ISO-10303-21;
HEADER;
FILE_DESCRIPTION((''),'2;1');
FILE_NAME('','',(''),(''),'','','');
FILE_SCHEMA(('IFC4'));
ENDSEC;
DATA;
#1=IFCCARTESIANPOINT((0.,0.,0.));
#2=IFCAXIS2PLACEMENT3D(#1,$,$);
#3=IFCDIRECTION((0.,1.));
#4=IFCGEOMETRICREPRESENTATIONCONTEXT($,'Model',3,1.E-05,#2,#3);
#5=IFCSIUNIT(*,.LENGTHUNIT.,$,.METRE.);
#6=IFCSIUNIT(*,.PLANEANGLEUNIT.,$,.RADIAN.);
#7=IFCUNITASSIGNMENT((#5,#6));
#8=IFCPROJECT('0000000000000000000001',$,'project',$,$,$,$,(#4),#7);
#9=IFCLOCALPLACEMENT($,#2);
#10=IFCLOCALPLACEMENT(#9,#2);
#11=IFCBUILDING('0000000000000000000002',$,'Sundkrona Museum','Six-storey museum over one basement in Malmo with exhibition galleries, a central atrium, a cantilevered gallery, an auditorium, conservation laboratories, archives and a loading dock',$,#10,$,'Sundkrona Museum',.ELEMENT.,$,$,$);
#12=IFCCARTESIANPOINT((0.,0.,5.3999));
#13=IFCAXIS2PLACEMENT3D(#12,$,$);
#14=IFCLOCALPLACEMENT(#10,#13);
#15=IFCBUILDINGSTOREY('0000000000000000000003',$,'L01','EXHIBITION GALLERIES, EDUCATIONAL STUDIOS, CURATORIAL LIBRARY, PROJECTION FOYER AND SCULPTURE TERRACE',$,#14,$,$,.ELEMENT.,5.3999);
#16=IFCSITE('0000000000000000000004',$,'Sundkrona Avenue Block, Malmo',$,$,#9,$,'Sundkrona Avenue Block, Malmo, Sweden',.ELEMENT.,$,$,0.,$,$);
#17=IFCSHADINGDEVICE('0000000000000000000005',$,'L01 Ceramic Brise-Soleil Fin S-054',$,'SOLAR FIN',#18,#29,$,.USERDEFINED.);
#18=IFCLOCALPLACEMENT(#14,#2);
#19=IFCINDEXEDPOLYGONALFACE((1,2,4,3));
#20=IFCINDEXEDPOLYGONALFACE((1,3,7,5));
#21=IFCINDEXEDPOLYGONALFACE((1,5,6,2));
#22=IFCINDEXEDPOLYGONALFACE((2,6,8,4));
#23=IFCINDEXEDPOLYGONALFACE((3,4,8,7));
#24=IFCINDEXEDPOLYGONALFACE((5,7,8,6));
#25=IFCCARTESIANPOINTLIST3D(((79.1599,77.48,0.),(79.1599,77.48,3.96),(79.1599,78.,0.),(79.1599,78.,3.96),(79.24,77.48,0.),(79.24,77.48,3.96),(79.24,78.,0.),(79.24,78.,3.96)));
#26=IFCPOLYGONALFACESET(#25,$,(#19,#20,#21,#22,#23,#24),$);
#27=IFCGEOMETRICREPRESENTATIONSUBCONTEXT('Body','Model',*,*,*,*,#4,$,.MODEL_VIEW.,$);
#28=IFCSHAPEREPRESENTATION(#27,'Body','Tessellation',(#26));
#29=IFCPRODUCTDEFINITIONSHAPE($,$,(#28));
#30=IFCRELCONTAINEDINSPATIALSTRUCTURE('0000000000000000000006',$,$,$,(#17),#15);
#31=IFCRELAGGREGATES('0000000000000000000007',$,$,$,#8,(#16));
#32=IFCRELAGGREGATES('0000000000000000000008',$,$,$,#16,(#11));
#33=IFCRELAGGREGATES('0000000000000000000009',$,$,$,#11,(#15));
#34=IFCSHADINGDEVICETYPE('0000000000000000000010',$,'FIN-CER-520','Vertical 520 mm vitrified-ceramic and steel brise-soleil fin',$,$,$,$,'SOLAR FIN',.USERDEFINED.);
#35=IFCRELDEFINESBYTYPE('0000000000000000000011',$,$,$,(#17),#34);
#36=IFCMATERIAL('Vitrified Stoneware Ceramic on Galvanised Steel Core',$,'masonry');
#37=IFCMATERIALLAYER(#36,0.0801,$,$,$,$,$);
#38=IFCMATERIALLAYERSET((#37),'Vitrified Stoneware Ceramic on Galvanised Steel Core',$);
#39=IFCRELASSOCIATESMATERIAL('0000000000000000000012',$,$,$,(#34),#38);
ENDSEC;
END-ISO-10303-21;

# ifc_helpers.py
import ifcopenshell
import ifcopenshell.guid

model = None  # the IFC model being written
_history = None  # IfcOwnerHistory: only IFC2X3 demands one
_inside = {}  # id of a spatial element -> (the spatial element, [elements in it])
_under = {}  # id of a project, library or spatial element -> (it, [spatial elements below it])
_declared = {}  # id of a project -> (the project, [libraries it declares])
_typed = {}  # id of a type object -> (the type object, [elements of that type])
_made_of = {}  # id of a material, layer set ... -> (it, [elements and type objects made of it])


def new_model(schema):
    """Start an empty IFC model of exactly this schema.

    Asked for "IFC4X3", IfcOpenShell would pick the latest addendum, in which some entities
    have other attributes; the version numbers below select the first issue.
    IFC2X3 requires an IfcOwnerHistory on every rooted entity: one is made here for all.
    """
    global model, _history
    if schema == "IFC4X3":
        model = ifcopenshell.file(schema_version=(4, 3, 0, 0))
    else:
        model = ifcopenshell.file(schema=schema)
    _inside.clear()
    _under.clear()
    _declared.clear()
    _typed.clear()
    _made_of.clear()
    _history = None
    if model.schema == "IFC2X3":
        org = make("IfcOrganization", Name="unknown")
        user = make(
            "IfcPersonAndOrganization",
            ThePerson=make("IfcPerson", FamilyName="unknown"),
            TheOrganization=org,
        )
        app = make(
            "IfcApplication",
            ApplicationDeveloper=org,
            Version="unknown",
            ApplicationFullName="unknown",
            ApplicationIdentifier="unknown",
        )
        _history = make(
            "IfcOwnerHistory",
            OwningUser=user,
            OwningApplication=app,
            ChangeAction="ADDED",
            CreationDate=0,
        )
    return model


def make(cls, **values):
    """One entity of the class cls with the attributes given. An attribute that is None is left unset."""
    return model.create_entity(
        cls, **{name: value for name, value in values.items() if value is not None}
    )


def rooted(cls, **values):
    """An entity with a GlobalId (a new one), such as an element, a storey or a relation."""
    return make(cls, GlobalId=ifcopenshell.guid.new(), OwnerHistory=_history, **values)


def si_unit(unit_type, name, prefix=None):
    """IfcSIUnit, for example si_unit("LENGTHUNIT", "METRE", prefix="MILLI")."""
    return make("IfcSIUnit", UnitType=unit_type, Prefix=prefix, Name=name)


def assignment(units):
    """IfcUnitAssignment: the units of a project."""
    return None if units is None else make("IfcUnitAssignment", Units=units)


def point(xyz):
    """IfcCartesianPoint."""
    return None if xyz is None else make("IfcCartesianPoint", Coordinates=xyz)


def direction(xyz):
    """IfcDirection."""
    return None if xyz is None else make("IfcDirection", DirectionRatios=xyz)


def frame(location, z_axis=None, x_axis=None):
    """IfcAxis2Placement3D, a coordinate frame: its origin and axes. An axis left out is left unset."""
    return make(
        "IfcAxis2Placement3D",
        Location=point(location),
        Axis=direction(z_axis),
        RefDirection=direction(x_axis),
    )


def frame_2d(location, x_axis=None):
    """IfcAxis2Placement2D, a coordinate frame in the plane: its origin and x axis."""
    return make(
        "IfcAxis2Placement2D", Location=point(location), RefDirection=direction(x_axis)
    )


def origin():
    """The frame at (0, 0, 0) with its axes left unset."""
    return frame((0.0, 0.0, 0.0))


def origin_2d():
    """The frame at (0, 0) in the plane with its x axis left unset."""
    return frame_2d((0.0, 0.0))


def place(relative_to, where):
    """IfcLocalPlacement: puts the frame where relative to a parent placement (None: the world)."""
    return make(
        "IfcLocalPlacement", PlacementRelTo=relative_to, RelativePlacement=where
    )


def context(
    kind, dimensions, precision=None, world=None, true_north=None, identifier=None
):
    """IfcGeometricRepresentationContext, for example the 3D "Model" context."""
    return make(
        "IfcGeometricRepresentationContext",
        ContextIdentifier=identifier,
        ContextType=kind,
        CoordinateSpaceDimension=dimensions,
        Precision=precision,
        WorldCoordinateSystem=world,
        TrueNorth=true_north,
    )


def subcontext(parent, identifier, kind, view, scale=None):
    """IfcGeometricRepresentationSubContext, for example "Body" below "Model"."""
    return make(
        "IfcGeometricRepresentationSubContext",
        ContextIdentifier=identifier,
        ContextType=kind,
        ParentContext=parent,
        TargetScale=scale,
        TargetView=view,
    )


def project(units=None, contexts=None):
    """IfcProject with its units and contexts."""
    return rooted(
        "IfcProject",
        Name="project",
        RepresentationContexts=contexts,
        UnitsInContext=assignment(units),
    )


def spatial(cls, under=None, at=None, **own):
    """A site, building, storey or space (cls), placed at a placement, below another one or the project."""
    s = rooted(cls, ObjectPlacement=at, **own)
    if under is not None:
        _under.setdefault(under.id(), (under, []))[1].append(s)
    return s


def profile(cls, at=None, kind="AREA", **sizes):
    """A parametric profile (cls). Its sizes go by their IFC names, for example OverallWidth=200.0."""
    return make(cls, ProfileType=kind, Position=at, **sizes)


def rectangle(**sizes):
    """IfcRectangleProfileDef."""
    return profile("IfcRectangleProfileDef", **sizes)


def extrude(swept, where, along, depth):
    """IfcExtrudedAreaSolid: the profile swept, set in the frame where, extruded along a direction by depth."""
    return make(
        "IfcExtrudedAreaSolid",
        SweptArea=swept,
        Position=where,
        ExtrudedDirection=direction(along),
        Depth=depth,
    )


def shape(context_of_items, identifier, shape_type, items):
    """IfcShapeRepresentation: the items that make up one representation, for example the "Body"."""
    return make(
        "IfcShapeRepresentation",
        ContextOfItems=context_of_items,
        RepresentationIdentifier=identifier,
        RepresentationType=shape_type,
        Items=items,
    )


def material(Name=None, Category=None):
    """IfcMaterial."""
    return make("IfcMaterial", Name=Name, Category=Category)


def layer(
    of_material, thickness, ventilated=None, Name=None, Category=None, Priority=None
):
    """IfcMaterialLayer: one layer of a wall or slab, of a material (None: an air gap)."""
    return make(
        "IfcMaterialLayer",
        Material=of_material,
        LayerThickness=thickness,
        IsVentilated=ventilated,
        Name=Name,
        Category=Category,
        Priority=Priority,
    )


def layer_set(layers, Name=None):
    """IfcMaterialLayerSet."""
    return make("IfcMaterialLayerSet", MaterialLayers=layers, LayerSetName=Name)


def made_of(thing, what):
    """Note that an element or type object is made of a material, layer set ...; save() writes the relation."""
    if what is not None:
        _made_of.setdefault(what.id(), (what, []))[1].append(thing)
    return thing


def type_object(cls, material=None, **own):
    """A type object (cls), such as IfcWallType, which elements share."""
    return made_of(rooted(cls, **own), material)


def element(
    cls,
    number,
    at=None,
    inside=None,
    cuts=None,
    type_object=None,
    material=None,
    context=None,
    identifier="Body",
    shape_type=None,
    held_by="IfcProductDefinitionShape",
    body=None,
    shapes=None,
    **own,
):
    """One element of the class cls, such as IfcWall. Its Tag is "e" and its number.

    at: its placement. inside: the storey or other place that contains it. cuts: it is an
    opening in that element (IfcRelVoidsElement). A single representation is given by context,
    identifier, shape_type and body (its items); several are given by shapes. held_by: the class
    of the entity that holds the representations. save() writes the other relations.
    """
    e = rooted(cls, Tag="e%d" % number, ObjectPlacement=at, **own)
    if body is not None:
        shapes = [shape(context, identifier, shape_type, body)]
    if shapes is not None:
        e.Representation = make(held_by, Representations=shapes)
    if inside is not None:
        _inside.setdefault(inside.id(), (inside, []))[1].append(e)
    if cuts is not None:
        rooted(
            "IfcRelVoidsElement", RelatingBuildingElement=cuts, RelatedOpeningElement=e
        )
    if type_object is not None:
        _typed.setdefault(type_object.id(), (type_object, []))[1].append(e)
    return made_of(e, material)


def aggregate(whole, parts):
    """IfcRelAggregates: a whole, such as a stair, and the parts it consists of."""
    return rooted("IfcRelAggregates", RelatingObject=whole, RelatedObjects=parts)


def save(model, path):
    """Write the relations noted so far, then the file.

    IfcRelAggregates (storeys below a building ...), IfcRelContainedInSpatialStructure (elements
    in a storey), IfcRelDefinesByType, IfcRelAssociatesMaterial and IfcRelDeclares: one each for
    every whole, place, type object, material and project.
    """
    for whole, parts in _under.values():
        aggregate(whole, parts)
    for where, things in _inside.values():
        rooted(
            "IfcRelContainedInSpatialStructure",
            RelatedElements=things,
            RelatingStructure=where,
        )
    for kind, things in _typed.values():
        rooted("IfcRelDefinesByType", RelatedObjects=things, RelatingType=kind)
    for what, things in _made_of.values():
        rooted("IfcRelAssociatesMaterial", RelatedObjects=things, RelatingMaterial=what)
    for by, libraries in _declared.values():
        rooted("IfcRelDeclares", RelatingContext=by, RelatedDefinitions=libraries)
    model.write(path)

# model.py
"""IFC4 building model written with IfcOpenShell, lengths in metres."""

from ifc_helpers import new_model, si_unit, direction, frame, origin, origin_2d, place, context, subcontext, project, spatial, rectangle, extrude, material, layer, layer_set, type_object, element, save


model = new_model("IFC4")

# Units and contexts
model_context = context("Model", 3, precision=1e-05, world=origin(), true_north=direction((0.0, 1.0)))
body_context = subcontext(model_context, "Body", "Model", "MODEL_VIEW")
ifc_project = project(units=[si_unit("LENGTHUNIT", "METRE"), si_unit("PLANEANGLEUNIT", "RADIAN")], contexts=[model_context])

# Site, building, storey
site_placement = place(None, origin())
site = spatial("IfcSite", under=ifc_project, at=site_placement, Name="Sundkrona Avenue Block, Malmo", LongName="Sundkrona Avenue Block, Malmo, Sweden", CompositionType="ELEMENT", RefElevation=0.0)
building_placement = place(site_placement, origin())
building = spatial("IfcBuilding", under=site, at=building_placement, Name="Sundkrona Museum", Description="Six-storey museum over one basement in Malmo with exhibition galleries, a central atrium, a cantilevered gallery, an auditorium, conservation laboratories, archives and a loading dock", LongName="Sundkrona Museum", CompositionType="ELEMENT")
storey_placement = place(building_placement, frame((0.0, 0.0, 5.3999)))
storey = spatial("IfcBuildingStorey", under=building, at=storey_placement, Name="L01", Description="EXHIBITION GALLERIES, EDUCATIONAL STUDIOS, CURATORIAL LIBRARY, PROJECTION FOYER AND SCULPTURE TERRACE", CompositionType="ELEMENT", Elevation=5.3999)

# Shading device
ifc_material_1 = material(Name="Vitrified Stoneware Ceramic on Galvanised Steel Core", Category="masonry")
ifc_layer_1 = layer(ifc_material_1, 0.0801)
ifc_layer_set_1 = layer_set([ifc_layer_1], Name="Vitrified Stoneware Ceramic on Galvanised Steel Core")
shading_device_type = type_object("IfcShadingDeviceType", Name="FIN-CER-520", Description="Vertical 520 mm vitrified-ceramic and steel brise-soleil fin", ElementType="SOLAR FIN", PredefinedType="USERDEFINED", material=ifc_layer_set_1)
for number, where, z_axis, x_axis, name in (
    (1, (79.2, 77.74, 0.0), (0.0, 0.0, 1.0), (1.0, 0.0, 0.0), "L01 Ceramic Brise-Soleil Fin S-054"),
):
    element("IfcShadingDevice", number, at=place(storey_placement, frame(where, z_axis=z_axis, x_axis=x_axis)), inside=storey, type_object=shading_device_type, Name=name, ObjectType="SOLAR FIN", PredefinedType="USERDEFINED", context=body_context, shape_type="SweptSolid", body=[
        extrude(rectangle(XDim=0.0801, YDim=0.52, at=origin_2d()), origin(), (0.0, 0.0, 1.0), 3.96),
    ])

save(model, "model.ifc")
